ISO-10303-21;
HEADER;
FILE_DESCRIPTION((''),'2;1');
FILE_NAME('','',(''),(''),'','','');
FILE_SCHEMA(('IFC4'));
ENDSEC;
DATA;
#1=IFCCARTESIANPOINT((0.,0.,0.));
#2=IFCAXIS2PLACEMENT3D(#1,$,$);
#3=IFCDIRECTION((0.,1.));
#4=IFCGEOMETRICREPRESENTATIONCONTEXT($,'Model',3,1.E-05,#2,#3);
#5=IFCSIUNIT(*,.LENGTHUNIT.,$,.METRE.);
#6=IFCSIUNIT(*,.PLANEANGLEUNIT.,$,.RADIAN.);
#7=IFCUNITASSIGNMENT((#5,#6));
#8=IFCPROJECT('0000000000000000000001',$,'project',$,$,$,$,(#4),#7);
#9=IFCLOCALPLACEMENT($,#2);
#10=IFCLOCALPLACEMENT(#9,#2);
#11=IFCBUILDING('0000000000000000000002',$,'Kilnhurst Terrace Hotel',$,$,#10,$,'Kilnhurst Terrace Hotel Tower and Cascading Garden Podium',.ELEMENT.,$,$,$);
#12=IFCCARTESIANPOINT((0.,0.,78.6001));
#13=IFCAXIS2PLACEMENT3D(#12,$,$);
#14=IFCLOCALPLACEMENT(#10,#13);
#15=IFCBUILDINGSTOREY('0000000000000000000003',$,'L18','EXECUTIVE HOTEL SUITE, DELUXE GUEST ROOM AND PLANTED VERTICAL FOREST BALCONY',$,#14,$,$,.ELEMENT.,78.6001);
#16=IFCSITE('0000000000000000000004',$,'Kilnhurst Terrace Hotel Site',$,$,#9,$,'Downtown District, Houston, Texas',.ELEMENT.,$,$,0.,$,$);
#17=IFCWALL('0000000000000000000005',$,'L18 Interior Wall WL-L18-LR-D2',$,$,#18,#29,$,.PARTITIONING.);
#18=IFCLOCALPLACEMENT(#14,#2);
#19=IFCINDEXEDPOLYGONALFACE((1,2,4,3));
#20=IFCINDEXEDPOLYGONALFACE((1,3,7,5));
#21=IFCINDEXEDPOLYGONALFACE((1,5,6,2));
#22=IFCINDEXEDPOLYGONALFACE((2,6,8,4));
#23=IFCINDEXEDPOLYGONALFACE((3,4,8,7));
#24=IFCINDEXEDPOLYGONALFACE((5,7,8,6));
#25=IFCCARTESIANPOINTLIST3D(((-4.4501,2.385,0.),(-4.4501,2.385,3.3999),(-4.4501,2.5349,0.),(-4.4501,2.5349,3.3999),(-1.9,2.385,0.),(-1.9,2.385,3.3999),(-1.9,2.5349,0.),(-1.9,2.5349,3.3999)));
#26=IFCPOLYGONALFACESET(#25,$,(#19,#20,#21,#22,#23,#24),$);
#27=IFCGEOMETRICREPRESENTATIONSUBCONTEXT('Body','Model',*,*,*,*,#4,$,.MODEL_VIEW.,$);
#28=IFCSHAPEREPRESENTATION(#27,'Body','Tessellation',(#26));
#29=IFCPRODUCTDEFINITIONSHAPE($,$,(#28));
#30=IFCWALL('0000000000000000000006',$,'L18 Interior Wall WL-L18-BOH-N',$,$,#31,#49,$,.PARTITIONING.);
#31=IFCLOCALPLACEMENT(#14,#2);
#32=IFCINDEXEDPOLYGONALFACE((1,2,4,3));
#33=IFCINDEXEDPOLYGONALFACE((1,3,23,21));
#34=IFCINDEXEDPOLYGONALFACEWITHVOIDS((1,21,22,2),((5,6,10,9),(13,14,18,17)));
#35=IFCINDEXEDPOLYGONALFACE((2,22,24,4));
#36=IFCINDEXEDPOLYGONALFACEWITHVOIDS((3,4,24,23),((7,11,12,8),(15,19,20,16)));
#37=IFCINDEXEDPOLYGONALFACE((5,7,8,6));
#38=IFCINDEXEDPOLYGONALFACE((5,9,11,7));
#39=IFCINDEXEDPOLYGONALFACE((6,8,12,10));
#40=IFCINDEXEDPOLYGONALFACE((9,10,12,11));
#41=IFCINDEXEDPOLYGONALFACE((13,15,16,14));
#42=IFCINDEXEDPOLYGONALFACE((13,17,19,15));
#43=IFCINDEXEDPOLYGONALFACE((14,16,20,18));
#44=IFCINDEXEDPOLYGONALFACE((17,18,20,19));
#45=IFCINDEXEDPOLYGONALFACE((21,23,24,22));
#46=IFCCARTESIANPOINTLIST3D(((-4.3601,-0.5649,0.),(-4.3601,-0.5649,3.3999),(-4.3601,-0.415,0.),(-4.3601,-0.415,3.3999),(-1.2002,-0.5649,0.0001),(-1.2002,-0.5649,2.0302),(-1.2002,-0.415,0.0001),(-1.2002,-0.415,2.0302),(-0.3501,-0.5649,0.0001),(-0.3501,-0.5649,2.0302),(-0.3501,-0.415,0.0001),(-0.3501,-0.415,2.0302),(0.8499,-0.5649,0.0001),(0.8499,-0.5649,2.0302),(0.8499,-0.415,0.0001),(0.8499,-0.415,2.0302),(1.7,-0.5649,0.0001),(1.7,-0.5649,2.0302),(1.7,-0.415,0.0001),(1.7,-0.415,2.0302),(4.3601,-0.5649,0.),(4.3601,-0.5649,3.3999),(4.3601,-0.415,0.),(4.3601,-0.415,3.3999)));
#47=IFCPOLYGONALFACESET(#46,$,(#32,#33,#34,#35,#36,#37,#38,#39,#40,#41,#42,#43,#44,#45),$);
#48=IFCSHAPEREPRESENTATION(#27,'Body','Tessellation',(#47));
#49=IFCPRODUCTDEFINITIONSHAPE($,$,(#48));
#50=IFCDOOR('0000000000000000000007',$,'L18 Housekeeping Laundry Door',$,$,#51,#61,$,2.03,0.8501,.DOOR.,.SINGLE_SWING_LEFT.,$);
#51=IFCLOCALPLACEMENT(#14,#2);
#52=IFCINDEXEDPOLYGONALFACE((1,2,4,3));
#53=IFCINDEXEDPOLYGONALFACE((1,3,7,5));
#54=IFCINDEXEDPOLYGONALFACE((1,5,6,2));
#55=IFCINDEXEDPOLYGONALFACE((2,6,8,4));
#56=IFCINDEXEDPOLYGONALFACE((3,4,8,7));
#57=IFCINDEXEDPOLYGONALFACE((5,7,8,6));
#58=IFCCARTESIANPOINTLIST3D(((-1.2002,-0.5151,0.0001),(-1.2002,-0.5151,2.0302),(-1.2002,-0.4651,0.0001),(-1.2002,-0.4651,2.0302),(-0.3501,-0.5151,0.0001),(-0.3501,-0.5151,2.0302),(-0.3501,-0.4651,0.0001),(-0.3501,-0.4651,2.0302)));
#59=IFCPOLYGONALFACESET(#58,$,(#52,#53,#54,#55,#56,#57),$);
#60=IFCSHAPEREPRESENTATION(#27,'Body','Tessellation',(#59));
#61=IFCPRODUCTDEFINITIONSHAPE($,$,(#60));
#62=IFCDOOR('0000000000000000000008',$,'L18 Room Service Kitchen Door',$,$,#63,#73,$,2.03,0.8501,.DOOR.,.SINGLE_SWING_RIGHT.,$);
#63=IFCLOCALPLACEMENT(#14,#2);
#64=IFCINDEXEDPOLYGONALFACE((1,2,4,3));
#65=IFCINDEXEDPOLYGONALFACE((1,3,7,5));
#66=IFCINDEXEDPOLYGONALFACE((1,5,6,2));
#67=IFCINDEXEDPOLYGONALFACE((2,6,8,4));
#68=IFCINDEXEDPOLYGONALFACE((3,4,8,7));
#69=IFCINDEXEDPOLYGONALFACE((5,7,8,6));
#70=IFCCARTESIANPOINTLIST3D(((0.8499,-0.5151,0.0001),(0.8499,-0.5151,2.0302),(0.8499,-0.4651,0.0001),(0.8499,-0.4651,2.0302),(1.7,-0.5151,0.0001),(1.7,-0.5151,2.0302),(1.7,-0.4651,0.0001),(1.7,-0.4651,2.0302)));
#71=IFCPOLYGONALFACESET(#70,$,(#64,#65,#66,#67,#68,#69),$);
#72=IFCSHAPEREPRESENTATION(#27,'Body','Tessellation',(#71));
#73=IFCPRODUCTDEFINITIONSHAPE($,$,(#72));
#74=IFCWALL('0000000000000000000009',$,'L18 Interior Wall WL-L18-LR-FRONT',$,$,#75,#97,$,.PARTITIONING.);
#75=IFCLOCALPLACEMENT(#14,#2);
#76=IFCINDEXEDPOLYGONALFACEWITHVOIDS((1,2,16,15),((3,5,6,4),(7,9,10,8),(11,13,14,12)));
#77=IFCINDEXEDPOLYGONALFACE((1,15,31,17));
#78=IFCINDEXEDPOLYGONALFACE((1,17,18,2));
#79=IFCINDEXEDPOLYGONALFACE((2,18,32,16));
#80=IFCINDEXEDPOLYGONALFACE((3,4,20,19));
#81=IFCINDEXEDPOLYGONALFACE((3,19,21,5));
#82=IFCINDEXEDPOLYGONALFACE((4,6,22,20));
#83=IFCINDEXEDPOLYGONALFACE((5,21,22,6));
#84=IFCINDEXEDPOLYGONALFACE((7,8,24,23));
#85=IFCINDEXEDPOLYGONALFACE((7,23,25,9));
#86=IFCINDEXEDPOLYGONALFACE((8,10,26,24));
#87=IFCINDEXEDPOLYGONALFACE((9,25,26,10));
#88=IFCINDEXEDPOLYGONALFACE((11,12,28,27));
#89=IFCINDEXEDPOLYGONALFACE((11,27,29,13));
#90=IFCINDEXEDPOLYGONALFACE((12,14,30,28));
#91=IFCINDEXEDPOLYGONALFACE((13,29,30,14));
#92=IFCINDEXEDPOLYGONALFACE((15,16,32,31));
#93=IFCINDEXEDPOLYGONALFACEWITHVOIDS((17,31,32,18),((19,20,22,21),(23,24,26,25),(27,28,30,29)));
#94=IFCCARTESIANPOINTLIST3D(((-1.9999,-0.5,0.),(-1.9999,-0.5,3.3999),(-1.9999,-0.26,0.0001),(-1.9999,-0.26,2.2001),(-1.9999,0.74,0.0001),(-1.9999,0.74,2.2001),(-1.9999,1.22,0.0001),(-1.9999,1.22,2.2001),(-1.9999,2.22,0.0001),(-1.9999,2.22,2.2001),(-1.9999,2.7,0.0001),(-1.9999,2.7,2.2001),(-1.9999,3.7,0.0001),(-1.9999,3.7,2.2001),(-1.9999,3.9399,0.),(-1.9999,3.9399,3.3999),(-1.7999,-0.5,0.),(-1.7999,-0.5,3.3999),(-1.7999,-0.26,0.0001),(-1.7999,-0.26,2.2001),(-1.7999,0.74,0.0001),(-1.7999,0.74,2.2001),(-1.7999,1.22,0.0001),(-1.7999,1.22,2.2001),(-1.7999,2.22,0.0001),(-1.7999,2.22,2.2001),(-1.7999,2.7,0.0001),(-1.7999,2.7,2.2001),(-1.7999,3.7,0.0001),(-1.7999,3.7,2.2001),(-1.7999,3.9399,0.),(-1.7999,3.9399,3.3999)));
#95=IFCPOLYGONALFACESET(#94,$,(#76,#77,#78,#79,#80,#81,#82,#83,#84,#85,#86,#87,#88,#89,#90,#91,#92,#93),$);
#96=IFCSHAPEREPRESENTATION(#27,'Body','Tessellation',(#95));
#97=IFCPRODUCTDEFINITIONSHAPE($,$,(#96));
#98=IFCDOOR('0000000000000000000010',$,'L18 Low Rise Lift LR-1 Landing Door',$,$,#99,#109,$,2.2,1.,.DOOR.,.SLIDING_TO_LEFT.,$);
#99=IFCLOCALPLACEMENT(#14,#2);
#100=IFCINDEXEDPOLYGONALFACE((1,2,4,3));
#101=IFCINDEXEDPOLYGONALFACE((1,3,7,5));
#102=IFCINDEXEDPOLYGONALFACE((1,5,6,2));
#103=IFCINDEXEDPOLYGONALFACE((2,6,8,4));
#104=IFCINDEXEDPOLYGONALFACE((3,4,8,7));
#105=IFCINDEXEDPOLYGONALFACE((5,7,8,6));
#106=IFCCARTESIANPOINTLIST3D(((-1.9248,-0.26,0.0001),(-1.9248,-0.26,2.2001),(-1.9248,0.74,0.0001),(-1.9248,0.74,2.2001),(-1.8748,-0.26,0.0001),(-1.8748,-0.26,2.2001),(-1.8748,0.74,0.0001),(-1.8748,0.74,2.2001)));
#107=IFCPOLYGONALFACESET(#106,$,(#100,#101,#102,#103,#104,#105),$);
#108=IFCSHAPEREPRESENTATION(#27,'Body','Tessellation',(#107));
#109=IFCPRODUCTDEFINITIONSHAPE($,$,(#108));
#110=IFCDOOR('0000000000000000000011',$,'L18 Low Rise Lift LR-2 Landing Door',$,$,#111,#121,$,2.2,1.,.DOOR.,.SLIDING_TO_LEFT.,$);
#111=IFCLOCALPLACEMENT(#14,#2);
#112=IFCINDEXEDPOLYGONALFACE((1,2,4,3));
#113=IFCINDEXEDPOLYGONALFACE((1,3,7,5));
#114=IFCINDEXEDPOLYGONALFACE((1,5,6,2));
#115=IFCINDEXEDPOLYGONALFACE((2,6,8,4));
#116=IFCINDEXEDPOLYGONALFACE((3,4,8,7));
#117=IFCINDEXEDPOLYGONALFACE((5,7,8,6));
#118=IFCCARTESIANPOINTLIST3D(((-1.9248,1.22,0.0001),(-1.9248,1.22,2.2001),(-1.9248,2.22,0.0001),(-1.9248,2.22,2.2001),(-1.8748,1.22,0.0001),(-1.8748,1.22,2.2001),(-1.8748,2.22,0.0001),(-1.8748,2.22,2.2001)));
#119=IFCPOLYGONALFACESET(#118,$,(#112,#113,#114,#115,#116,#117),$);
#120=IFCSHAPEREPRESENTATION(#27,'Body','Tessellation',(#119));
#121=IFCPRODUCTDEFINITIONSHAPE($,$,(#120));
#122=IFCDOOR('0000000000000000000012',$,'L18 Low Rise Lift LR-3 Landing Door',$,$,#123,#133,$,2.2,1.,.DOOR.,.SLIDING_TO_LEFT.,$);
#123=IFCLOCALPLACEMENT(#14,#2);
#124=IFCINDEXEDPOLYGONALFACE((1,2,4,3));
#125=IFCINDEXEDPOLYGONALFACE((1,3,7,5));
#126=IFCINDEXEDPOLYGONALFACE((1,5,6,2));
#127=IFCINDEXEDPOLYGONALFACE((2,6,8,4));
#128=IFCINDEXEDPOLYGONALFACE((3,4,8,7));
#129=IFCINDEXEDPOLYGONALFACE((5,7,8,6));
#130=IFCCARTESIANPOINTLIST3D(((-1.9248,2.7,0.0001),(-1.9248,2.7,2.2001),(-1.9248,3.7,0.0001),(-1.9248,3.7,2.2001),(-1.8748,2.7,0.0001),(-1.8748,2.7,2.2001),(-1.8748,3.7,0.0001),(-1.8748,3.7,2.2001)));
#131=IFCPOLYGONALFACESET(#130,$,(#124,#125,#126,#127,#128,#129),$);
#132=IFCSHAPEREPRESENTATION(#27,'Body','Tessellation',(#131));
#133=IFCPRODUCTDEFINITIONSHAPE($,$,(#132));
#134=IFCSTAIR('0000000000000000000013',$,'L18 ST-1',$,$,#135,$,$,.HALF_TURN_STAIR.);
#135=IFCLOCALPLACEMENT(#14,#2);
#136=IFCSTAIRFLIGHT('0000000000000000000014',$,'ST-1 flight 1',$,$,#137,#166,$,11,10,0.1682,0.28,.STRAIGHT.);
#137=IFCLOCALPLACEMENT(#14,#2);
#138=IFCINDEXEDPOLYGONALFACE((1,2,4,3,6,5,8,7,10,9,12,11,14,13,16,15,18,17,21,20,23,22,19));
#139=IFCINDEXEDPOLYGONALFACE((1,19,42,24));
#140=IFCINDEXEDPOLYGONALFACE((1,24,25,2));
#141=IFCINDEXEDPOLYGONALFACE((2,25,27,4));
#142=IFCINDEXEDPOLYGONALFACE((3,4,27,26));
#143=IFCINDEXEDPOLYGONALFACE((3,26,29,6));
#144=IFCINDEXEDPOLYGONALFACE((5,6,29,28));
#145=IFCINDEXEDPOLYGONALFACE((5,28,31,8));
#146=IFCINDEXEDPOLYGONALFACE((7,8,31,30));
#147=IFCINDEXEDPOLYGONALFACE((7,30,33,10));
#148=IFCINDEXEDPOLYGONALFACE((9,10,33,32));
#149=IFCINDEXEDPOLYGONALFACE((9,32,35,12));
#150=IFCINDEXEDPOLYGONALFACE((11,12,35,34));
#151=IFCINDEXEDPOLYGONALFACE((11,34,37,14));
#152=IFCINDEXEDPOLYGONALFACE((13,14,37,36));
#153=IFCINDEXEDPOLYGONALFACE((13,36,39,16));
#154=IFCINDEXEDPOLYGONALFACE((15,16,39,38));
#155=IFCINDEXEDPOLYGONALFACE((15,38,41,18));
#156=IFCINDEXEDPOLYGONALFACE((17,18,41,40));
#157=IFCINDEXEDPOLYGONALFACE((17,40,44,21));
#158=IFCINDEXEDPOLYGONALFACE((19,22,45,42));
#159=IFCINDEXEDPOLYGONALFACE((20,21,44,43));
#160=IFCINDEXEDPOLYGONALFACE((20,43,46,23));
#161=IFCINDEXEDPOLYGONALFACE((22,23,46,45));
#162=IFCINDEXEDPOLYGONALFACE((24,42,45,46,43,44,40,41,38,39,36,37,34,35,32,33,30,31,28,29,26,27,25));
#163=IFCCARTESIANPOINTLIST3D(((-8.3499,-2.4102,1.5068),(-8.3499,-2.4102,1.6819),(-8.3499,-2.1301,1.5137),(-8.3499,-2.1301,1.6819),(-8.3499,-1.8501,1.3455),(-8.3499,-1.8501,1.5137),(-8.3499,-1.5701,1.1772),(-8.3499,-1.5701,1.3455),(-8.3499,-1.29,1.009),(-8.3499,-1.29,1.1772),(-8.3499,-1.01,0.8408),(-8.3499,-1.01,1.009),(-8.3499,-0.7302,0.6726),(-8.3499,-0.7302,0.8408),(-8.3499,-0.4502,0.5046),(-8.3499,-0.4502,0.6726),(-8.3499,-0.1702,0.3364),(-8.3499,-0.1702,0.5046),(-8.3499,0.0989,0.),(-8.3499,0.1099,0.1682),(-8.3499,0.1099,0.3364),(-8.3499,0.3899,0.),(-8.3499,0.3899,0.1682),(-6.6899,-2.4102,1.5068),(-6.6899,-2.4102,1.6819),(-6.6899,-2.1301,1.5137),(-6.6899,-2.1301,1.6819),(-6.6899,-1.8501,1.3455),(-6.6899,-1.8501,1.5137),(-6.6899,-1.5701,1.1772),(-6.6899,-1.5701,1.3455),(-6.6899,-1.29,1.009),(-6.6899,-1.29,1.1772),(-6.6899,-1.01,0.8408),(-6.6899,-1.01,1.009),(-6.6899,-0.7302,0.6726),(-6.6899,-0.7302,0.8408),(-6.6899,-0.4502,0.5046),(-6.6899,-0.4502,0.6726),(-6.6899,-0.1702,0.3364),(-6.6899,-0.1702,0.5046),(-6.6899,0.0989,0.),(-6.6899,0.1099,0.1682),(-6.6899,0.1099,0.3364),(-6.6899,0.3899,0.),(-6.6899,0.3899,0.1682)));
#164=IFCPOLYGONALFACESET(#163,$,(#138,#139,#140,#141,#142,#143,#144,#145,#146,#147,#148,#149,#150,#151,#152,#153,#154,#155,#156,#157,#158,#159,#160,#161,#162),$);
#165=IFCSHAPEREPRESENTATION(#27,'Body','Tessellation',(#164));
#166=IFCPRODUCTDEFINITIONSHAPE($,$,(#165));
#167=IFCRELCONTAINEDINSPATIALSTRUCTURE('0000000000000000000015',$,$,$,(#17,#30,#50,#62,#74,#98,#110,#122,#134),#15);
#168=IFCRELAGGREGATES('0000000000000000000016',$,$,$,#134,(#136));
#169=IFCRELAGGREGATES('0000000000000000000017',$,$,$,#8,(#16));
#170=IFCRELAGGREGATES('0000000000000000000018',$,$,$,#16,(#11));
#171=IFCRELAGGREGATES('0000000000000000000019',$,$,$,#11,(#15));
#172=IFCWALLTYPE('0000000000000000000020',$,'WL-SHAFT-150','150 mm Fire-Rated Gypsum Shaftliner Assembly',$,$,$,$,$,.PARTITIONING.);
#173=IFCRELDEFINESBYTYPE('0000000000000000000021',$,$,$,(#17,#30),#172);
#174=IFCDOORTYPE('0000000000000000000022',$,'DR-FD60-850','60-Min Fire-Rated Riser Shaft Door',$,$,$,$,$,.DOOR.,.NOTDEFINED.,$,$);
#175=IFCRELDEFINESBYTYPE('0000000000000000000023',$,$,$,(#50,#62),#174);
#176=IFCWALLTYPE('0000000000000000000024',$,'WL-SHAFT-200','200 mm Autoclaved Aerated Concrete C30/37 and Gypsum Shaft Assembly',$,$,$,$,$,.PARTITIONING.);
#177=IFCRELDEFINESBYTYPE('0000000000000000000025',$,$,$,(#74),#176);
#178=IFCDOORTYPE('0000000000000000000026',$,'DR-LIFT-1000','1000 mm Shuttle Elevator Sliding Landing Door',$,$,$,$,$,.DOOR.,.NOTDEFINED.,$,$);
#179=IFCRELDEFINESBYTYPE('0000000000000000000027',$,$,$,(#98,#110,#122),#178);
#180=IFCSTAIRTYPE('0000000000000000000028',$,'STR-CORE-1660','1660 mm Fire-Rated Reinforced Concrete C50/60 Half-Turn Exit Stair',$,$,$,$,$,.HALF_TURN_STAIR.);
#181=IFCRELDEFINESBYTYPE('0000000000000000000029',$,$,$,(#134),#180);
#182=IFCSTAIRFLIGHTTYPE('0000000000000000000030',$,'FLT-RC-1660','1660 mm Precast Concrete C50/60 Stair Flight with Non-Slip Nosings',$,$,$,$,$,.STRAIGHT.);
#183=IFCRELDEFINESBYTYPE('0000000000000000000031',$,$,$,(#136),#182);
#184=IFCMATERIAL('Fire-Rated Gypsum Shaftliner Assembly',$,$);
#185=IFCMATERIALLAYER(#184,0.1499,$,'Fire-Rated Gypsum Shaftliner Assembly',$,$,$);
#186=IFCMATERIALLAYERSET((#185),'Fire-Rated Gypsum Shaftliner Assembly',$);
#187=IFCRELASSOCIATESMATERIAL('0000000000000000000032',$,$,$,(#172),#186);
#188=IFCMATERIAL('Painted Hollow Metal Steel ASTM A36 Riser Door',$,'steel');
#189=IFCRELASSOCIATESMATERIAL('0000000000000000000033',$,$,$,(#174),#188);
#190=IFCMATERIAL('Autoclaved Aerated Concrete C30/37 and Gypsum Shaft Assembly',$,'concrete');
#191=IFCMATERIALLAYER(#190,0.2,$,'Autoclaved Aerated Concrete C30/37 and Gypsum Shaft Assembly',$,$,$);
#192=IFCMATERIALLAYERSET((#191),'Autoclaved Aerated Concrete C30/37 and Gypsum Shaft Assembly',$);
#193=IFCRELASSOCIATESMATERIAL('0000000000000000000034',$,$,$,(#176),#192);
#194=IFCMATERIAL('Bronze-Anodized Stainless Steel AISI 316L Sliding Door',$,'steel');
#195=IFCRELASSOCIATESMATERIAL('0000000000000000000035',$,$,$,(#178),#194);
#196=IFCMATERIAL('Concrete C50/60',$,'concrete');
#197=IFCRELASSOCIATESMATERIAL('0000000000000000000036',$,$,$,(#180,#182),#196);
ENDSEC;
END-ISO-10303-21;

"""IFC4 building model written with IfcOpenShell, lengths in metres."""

from ifc_helpers import new_model, si_unit, direction, frame, frame_2d, origin, place, context, subcontext, project, spatial, polyline, rectangle, outline, extrude, material, layer, layer_set, type_object, element, fill, aggregate, save


model = new_model("IFC4")

# Units and contexts
model_context = context("Model", 3, precision=1e-05, world=origin(), true_north=direction((0.0, 1.0)))
body_context = subcontext(model_context, "Body", "Model", "MODEL_VIEW")
ifc_project = project(units=[si_unit("LENGTHUNIT", "METRE"), si_unit("PLANEANGLEUNIT", "RADIAN")], contexts=[model_context])

# Site, building, storey
site_placement = place(None, origin())
site = spatial("IfcSite", under=ifc_project, at=site_placement, Name="Kilnhurst Terrace Hotel Site", LongName="Downtown District, Houston, Texas", CompositionType="ELEMENT", RefElevation=0.0)
building_placement = place(site_placement, origin())
building = spatial("IfcBuilding", under=site, at=building_placement, Name="Kilnhurst Terrace Hotel", LongName="Kilnhurst Terrace Hotel Tower and Cascading Garden Podium", CompositionType="ELEMENT")
storey_placement = place(building_placement, frame((0.0, 0.0, 78.6001)))
storey = spatial("IfcBuildingStorey", under=building, at=storey_placement, Name="L18", Description="EXECUTIVE HOTEL SUITE, DELUXE GUEST ROOM AND PLANTED VERTICAL FOREST BALCONY", CompositionType="ELEMENT", Elevation=78.6001)

# Shared definitions
ifc_material_1 = material(Name="Concrete C50/60", Category="concrete")

# Wall
ifc_material_2 = material(Name="Fire-Rated Gypsum Shaftliner Assembly")
ifc_layer_1 = layer(ifc_material_2, 0.1499, Name="Fire-Rated Gypsum Shaftliner Assembly")
ifc_layer_set_1 = layer_set([ifc_layer_1], Name="Fire-Rated Gypsum Shaftliner Assembly")
wall_type_1 = type_object("IfcWallType", Name="WL-SHAFT-150", Description="150 mm Fire-Rated Gypsum Shaftliner Assembly", PredefinedType="PARTITIONING", material=ifc_layer_set_1)
for number, where, z_axis, x_axis, name in (
    (1, (-4.45, 2.46, 0.0), (0.0, 0.0, 1.0), (1.0, 0.0, 0.0), "L18 Interior Wall WL-L18-LR-D2"),
):
    element("IfcWall", number, at=place(storey_placement, frame(where, z_axis=z_axis, x_axis=x_axis)), inside=storey, type_object=wall_type_1, Name=name, PredefinedType="PARTITIONING", context=body_context, shape_type="SweptSolid", body=[
        extrude(rectangle(XDim=2.55, YDim=0.1499, at=frame_2d((1.2749, 0.0))), origin(), (0.0, 0.0, 1.0), 3.3999),
    ])

# Walls, openings, doors
wall_1_placement = place(storey_placement, frame((-4.3601, -0.49, 0.0), z_axis=(0.0, 0.0, 1.0), x_axis=(1.0, 0.0, 0.0)))
wall_1 = element("IfcWall", 2, at=wall_1_placement, inside=storey, type_object=wall_type_1, Name="L18 Interior Wall WL-L18-BOH-N", PredefinedType="PARTITIONING", context=body_context, shape_type="SweptSolid", body=[
    extrude(rectangle(XDim=8.7202, YDim=0.1499, at=frame_2d((4.3601, 0.0))), origin(), (0.0, 0.0, 1.0), 3.3999),
])
opening_1_placement = place(wall_1_placement, frame((3.1599, 0.0, 0.0)))
opening_1 = element("IfcOpeningElement", 3, at=opening_1_placement, cuts=wall_1, PredefinedType="OPENING", context=body_context, shape_type="SweptSolid", body=[
    extrude(rectangle(XDim=0.8501, YDim=2.03, at=frame_2d((0.425, 1.0151))), frame((0.0, 0.085, 0.0), z_axis=(0.0, -1.0, 0.0), x_axis=(1.0, 0.0, 0.0)), (0.0, 0.0, 1.0), 0.1699),
])
opening_2_placement = place(wall_1_placement, frame((5.21, 0.0, 0.0)))
opening_2 = element("IfcOpeningElement", 4, at=opening_2_placement, cuts=wall_1, PredefinedType="OPENING", context=body_context, shape_type="SweptSolid", body=[
    extrude(rectangle(XDim=0.8501, YDim=2.03, at=frame_2d((0.425, 1.0151))), frame((0.0, 0.085, 0.0), z_axis=(0.0, -1.0, 0.0), x_axis=(1.0, 0.0, 0.0)), (0.0, 0.0, 1.0), 0.1699),
])
ifc_material_3 = material(Name="Painted Hollow Metal Steel ASTM A36 Riser Door", Category="steel")
door_type_1 = type_object("IfcDoorType", Name="DR-FD60-850", Description="60-Min Fire-Rated Riser Shaft Door", OperationType="NOTDEFINED", PredefinedType="DOOR", material=ifc_material_3)
door_1_placement = place(opening_1_placement, origin())
door_1 = element("IfcDoor", 5, at=door_1_placement, inside=storey, type_object=door_type_1, Name="L18 Housekeeping Laundry Door", OperationType="SINGLE_SWING_LEFT", OverallHeight=2.03, OverallWidth=0.8501, PredefinedType="DOOR", context=body_context, shape_type="SweptSolid", body=[
    extrude(rectangle(XDim=0.8501, YDim=2.03, at=frame_2d((0.425, 1.0151))), frame((0.0, 0.0249, 0.0), z_axis=(0.0, -1.0, 0.0), x_axis=(1.0, 0.0, 0.0)), (0.0, 0.0, 1.0), 0.05),
])
fill(opening_1, door_1)
door_2_placement = place(opening_2_placement, origin())
door_2 = element("IfcDoor", 6, at=door_2_placement, inside=storey, type_object=door_type_1, Name="L18 Room Service Kitchen Door", OperationType="SINGLE_SWING_RIGHT", OverallHeight=2.03, OverallWidth=0.8501, PredefinedType="DOOR", context=body_context, shape_type="SweptSolid", body=[
    extrude(rectangle(XDim=0.8501, YDim=2.03, at=frame_2d((0.425, 1.0151))), frame((0.0, 0.0249, 0.0), z_axis=(0.0, -1.0, 0.0), x_axis=(1.0, 0.0, 0.0)), (0.0, 0.0, 1.0), 0.05),
])
fill(opening_2, door_2)
ifc_material_4 = material(Name="Autoclaved Aerated Concrete C30/37 and Gypsum Shaft Assembly", Category="concrete")
ifc_layer_2 = layer(ifc_material_4, 0.2, Name="Autoclaved Aerated Concrete C30/37 and Gypsum Shaft Assembly")
ifc_layer_set_2 = layer_set([ifc_layer_2], Name="Autoclaved Aerated Concrete C30/37 and Gypsum Shaft Assembly")
wall_type_2 = type_object("IfcWallType", Name="WL-SHAFT-200", Description="200 mm Autoclaved Aerated Concrete C30/37 and Gypsum Shaft Assembly", PredefinedType="PARTITIONING", material=ifc_layer_set_2)
wall_2_placement = place(storey_placement, frame((-1.8999, -0.5, 0.0), z_axis=(0.0, 0.0, 1.0), x_axis=(0.0, 1.0, 0.0)))
wall_2 = element("IfcWall", 7, at=wall_2_placement, inside=storey, type_object=wall_type_2, Name="L18 Interior Wall WL-L18-LR-FRONT", PredefinedType="PARTITIONING", context=body_context, shape_type="SweptSolid", body=[
    extrude(rectangle(XDim=4.4399, YDim=0.2, at=frame_2d((2.22, 0.0))), origin(), (0.0, 0.0, 1.0), 3.3999),
])
opening_3_placement = place(wall_2_placement, frame((0.24, 0.0, 0.0)))
opening_3 = element("IfcOpeningElement", 8, at=opening_3_placement, cuts=wall_2, PredefinedType="OPENING", context=body_context, shape_type="SweptSolid", body=[
    extrude(rectangle(XDim=1.0, YDim=2.2, at=frame_2d((0.5, 1.1001))), frame((0.0, 0.1099, 0.0), z_axis=(0.0, -1.0, 0.0), x_axis=(1.0, 0.0, 0.0)), (0.0, 0.0, 1.0), 0.22),
])
opening_4_placement = place(wall_2_placement, frame((1.72, 0.0, 0.0)))
opening_4 = element("IfcOpeningElement", 9, at=opening_4_placement, cuts=wall_2, PredefinedType="OPENING", context=body_context, shape_type="SweptSolid", body=[
    extrude(rectangle(XDim=1.0, YDim=2.2, at=frame_2d((0.5, 1.1001))), frame((0.0, 0.1099, 0.0), z_axis=(0.0, -1.0, 0.0), x_axis=(1.0, 0.0, 0.0)), (0.0, 0.0, 1.0), 0.22),
])
opening_5_placement = place(wall_2_placement, frame((3.2, 0.0, 0.0)))
opening_5 = element("IfcOpeningElement", 10, at=opening_5_placement, cuts=wall_2, PredefinedType="OPENING", context=body_context, shape_type="SweptSolid", body=[
    extrude(rectangle(XDim=1.0, YDim=2.2, at=frame_2d((0.5, 1.1001))), frame((0.0, 0.1099, 0.0), z_axis=(0.0, -1.0, 0.0), x_axis=(1.0, 0.0, 0.0)), (0.0, 0.0, 1.0), 0.22),
])
ifc_material_5 = material(Name="Bronze-Anodized Stainless Steel AISI 316L Sliding Door", Category="steel")
door_type_2 = type_object("IfcDoorType", Name="DR-LIFT-1000", Description="1000 mm Shuttle Elevator Sliding Landing Door", OperationType="NOTDEFINED", PredefinedType="DOOR", material=ifc_material_5)
door_3_placement = place(opening_3_placement, origin())
door_3 = element("IfcDoor", 11, at=door_3_placement, inside=storey, type_object=door_type_2, Name="L18 Low Rise Lift LR-1 Landing Door", OperationType="SLIDING_TO_LEFT", OverallHeight=2.2, OverallWidth=1.0, PredefinedType="DOOR", context=body_context, shape_type="SweptSolid", body=[
    extrude(rectangle(XDim=1.0, YDim=2.2, at=frame_2d((0.5, 1.1001))), frame((0.0, 0.0249, 0.0), z_axis=(0.0, -1.0, 0.0), x_axis=(1.0, 0.0, 0.0)), (0.0, 0.0, 1.0), 0.05),
])
fill(opening_3, door_3)
door_4_placement = place(opening_4_placement, origin())
door_4 = element("IfcDoor", 12, at=door_4_placement, inside=storey, type_object=door_type_2, Name="L18 Low Rise Lift LR-2 Landing Door", OperationType="SLIDING_TO_LEFT", OverallHeight=2.2, OverallWidth=1.0, PredefinedType="DOOR", context=body_context, shape_type="SweptSolid", body=[
    extrude(rectangle(XDim=1.0, YDim=2.2, at=frame_2d((0.5, 1.1001))), frame((0.0, 0.0249, 0.0), z_axis=(0.0, -1.0, 0.0), x_axis=(1.0, 0.0, 0.0)), (0.0, 0.0, 1.0), 0.05),
])
fill(opening_4, door_4)
door_5_placement = place(opening_5_placement, origin())
door_5 = element("IfcDoor", 13, at=door_5_placement, inside=storey, type_object=door_type_2, Name="L18 Low Rise Lift LR-3 Landing Door", OperationType="SLIDING_TO_LEFT", OverallHeight=2.2, OverallWidth=1.0, PredefinedType="DOOR", context=body_context, shape_type="SweptSolid", body=[
    extrude(rectangle(XDim=1.0, YDim=2.2, at=frame_2d((0.5, 1.1001))), frame((0.0, 0.0249, 0.0), z_axis=(0.0, -1.0, 0.0), x_axis=(1.0, 0.0, 0.0)), (0.0, 0.0, 1.0), 0.05),
])
fill(opening_5, door_5)

# Stair, stair flight
stair_type = type_object("IfcStairType", Name="STR-CORE-1660", Description="1660 mm Fire-Rated Reinforced Concrete C50/60 Half-Turn Exit Stair", PredefinedType="HALF_TURN_STAIR", material=ifc_material_1)
stair_placement = place(storey_placement, origin())
stair = element("IfcStair", 14, at=stair_placement, inside=storey, type_object=stair_type, Name="L18 ST-1", PredefinedType="HALF_TURN_STAIR")
stair_flight_type = type_object("IfcStairFlightType", Name="FLT-RC-1660", Description="1660 mm Precast Concrete C50/60 Stair Flight with Non-Slip Nosings", PredefinedType="STRAIGHT", material=ifc_material_1)
stair_flight_placement = place(storey_placement, frame((-7.52, 0.3899, 0.0), z_axis=(0.0, 0.0, 1.0), x_axis=(0.0, -1.0, 0.0)))
stair_flight = element("IfcStairFlight", 15, at=stair_flight_placement, type_object=stair_flight_type, Name="ST-1 flight 1", NumberOfRisers=11, NumberOfTreads=10, PredefinedType="STRAIGHT", RiserHeight=0.1682, TreadLength=0.28, context=body_context, shape_type="SweptSolid", body=[
    extrude(outline(polyline([(0.0, 0.0), (0.0, 0.1682), (0.28, 0.1682), (0.28, 0.3364), (0.5601, 0.3364), (0.5601, 0.5046), (0.8401, 0.5046), (0.8401, 0.6726), (1.1201, 0.6726), (1.1201, 0.8408), (1.3999, 0.8408), (1.3999, 1.009), (1.6799, 1.009), (1.6799, 1.1772), (1.96, 1.1772), (1.96, 1.3455), (2.24, 1.3455), (2.24, 1.5137), (2.52, 1.5137), (2.52, 1.6819), (2.8, 1.6819), (2.8, 1.8501), (2.8, 1.5068), (0.291, 0.0), (0.0, 0.0)])), frame((0.0, 0.8301, 0.0), z_axis=(0.0, -1.0, 0.0), x_axis=(1.0, 0.0, 0.0)), (0.0, 0.0, 1.0), 1.6599),
])
aggregate(stair, [stair_flight])

save(model, "model.ifc")
